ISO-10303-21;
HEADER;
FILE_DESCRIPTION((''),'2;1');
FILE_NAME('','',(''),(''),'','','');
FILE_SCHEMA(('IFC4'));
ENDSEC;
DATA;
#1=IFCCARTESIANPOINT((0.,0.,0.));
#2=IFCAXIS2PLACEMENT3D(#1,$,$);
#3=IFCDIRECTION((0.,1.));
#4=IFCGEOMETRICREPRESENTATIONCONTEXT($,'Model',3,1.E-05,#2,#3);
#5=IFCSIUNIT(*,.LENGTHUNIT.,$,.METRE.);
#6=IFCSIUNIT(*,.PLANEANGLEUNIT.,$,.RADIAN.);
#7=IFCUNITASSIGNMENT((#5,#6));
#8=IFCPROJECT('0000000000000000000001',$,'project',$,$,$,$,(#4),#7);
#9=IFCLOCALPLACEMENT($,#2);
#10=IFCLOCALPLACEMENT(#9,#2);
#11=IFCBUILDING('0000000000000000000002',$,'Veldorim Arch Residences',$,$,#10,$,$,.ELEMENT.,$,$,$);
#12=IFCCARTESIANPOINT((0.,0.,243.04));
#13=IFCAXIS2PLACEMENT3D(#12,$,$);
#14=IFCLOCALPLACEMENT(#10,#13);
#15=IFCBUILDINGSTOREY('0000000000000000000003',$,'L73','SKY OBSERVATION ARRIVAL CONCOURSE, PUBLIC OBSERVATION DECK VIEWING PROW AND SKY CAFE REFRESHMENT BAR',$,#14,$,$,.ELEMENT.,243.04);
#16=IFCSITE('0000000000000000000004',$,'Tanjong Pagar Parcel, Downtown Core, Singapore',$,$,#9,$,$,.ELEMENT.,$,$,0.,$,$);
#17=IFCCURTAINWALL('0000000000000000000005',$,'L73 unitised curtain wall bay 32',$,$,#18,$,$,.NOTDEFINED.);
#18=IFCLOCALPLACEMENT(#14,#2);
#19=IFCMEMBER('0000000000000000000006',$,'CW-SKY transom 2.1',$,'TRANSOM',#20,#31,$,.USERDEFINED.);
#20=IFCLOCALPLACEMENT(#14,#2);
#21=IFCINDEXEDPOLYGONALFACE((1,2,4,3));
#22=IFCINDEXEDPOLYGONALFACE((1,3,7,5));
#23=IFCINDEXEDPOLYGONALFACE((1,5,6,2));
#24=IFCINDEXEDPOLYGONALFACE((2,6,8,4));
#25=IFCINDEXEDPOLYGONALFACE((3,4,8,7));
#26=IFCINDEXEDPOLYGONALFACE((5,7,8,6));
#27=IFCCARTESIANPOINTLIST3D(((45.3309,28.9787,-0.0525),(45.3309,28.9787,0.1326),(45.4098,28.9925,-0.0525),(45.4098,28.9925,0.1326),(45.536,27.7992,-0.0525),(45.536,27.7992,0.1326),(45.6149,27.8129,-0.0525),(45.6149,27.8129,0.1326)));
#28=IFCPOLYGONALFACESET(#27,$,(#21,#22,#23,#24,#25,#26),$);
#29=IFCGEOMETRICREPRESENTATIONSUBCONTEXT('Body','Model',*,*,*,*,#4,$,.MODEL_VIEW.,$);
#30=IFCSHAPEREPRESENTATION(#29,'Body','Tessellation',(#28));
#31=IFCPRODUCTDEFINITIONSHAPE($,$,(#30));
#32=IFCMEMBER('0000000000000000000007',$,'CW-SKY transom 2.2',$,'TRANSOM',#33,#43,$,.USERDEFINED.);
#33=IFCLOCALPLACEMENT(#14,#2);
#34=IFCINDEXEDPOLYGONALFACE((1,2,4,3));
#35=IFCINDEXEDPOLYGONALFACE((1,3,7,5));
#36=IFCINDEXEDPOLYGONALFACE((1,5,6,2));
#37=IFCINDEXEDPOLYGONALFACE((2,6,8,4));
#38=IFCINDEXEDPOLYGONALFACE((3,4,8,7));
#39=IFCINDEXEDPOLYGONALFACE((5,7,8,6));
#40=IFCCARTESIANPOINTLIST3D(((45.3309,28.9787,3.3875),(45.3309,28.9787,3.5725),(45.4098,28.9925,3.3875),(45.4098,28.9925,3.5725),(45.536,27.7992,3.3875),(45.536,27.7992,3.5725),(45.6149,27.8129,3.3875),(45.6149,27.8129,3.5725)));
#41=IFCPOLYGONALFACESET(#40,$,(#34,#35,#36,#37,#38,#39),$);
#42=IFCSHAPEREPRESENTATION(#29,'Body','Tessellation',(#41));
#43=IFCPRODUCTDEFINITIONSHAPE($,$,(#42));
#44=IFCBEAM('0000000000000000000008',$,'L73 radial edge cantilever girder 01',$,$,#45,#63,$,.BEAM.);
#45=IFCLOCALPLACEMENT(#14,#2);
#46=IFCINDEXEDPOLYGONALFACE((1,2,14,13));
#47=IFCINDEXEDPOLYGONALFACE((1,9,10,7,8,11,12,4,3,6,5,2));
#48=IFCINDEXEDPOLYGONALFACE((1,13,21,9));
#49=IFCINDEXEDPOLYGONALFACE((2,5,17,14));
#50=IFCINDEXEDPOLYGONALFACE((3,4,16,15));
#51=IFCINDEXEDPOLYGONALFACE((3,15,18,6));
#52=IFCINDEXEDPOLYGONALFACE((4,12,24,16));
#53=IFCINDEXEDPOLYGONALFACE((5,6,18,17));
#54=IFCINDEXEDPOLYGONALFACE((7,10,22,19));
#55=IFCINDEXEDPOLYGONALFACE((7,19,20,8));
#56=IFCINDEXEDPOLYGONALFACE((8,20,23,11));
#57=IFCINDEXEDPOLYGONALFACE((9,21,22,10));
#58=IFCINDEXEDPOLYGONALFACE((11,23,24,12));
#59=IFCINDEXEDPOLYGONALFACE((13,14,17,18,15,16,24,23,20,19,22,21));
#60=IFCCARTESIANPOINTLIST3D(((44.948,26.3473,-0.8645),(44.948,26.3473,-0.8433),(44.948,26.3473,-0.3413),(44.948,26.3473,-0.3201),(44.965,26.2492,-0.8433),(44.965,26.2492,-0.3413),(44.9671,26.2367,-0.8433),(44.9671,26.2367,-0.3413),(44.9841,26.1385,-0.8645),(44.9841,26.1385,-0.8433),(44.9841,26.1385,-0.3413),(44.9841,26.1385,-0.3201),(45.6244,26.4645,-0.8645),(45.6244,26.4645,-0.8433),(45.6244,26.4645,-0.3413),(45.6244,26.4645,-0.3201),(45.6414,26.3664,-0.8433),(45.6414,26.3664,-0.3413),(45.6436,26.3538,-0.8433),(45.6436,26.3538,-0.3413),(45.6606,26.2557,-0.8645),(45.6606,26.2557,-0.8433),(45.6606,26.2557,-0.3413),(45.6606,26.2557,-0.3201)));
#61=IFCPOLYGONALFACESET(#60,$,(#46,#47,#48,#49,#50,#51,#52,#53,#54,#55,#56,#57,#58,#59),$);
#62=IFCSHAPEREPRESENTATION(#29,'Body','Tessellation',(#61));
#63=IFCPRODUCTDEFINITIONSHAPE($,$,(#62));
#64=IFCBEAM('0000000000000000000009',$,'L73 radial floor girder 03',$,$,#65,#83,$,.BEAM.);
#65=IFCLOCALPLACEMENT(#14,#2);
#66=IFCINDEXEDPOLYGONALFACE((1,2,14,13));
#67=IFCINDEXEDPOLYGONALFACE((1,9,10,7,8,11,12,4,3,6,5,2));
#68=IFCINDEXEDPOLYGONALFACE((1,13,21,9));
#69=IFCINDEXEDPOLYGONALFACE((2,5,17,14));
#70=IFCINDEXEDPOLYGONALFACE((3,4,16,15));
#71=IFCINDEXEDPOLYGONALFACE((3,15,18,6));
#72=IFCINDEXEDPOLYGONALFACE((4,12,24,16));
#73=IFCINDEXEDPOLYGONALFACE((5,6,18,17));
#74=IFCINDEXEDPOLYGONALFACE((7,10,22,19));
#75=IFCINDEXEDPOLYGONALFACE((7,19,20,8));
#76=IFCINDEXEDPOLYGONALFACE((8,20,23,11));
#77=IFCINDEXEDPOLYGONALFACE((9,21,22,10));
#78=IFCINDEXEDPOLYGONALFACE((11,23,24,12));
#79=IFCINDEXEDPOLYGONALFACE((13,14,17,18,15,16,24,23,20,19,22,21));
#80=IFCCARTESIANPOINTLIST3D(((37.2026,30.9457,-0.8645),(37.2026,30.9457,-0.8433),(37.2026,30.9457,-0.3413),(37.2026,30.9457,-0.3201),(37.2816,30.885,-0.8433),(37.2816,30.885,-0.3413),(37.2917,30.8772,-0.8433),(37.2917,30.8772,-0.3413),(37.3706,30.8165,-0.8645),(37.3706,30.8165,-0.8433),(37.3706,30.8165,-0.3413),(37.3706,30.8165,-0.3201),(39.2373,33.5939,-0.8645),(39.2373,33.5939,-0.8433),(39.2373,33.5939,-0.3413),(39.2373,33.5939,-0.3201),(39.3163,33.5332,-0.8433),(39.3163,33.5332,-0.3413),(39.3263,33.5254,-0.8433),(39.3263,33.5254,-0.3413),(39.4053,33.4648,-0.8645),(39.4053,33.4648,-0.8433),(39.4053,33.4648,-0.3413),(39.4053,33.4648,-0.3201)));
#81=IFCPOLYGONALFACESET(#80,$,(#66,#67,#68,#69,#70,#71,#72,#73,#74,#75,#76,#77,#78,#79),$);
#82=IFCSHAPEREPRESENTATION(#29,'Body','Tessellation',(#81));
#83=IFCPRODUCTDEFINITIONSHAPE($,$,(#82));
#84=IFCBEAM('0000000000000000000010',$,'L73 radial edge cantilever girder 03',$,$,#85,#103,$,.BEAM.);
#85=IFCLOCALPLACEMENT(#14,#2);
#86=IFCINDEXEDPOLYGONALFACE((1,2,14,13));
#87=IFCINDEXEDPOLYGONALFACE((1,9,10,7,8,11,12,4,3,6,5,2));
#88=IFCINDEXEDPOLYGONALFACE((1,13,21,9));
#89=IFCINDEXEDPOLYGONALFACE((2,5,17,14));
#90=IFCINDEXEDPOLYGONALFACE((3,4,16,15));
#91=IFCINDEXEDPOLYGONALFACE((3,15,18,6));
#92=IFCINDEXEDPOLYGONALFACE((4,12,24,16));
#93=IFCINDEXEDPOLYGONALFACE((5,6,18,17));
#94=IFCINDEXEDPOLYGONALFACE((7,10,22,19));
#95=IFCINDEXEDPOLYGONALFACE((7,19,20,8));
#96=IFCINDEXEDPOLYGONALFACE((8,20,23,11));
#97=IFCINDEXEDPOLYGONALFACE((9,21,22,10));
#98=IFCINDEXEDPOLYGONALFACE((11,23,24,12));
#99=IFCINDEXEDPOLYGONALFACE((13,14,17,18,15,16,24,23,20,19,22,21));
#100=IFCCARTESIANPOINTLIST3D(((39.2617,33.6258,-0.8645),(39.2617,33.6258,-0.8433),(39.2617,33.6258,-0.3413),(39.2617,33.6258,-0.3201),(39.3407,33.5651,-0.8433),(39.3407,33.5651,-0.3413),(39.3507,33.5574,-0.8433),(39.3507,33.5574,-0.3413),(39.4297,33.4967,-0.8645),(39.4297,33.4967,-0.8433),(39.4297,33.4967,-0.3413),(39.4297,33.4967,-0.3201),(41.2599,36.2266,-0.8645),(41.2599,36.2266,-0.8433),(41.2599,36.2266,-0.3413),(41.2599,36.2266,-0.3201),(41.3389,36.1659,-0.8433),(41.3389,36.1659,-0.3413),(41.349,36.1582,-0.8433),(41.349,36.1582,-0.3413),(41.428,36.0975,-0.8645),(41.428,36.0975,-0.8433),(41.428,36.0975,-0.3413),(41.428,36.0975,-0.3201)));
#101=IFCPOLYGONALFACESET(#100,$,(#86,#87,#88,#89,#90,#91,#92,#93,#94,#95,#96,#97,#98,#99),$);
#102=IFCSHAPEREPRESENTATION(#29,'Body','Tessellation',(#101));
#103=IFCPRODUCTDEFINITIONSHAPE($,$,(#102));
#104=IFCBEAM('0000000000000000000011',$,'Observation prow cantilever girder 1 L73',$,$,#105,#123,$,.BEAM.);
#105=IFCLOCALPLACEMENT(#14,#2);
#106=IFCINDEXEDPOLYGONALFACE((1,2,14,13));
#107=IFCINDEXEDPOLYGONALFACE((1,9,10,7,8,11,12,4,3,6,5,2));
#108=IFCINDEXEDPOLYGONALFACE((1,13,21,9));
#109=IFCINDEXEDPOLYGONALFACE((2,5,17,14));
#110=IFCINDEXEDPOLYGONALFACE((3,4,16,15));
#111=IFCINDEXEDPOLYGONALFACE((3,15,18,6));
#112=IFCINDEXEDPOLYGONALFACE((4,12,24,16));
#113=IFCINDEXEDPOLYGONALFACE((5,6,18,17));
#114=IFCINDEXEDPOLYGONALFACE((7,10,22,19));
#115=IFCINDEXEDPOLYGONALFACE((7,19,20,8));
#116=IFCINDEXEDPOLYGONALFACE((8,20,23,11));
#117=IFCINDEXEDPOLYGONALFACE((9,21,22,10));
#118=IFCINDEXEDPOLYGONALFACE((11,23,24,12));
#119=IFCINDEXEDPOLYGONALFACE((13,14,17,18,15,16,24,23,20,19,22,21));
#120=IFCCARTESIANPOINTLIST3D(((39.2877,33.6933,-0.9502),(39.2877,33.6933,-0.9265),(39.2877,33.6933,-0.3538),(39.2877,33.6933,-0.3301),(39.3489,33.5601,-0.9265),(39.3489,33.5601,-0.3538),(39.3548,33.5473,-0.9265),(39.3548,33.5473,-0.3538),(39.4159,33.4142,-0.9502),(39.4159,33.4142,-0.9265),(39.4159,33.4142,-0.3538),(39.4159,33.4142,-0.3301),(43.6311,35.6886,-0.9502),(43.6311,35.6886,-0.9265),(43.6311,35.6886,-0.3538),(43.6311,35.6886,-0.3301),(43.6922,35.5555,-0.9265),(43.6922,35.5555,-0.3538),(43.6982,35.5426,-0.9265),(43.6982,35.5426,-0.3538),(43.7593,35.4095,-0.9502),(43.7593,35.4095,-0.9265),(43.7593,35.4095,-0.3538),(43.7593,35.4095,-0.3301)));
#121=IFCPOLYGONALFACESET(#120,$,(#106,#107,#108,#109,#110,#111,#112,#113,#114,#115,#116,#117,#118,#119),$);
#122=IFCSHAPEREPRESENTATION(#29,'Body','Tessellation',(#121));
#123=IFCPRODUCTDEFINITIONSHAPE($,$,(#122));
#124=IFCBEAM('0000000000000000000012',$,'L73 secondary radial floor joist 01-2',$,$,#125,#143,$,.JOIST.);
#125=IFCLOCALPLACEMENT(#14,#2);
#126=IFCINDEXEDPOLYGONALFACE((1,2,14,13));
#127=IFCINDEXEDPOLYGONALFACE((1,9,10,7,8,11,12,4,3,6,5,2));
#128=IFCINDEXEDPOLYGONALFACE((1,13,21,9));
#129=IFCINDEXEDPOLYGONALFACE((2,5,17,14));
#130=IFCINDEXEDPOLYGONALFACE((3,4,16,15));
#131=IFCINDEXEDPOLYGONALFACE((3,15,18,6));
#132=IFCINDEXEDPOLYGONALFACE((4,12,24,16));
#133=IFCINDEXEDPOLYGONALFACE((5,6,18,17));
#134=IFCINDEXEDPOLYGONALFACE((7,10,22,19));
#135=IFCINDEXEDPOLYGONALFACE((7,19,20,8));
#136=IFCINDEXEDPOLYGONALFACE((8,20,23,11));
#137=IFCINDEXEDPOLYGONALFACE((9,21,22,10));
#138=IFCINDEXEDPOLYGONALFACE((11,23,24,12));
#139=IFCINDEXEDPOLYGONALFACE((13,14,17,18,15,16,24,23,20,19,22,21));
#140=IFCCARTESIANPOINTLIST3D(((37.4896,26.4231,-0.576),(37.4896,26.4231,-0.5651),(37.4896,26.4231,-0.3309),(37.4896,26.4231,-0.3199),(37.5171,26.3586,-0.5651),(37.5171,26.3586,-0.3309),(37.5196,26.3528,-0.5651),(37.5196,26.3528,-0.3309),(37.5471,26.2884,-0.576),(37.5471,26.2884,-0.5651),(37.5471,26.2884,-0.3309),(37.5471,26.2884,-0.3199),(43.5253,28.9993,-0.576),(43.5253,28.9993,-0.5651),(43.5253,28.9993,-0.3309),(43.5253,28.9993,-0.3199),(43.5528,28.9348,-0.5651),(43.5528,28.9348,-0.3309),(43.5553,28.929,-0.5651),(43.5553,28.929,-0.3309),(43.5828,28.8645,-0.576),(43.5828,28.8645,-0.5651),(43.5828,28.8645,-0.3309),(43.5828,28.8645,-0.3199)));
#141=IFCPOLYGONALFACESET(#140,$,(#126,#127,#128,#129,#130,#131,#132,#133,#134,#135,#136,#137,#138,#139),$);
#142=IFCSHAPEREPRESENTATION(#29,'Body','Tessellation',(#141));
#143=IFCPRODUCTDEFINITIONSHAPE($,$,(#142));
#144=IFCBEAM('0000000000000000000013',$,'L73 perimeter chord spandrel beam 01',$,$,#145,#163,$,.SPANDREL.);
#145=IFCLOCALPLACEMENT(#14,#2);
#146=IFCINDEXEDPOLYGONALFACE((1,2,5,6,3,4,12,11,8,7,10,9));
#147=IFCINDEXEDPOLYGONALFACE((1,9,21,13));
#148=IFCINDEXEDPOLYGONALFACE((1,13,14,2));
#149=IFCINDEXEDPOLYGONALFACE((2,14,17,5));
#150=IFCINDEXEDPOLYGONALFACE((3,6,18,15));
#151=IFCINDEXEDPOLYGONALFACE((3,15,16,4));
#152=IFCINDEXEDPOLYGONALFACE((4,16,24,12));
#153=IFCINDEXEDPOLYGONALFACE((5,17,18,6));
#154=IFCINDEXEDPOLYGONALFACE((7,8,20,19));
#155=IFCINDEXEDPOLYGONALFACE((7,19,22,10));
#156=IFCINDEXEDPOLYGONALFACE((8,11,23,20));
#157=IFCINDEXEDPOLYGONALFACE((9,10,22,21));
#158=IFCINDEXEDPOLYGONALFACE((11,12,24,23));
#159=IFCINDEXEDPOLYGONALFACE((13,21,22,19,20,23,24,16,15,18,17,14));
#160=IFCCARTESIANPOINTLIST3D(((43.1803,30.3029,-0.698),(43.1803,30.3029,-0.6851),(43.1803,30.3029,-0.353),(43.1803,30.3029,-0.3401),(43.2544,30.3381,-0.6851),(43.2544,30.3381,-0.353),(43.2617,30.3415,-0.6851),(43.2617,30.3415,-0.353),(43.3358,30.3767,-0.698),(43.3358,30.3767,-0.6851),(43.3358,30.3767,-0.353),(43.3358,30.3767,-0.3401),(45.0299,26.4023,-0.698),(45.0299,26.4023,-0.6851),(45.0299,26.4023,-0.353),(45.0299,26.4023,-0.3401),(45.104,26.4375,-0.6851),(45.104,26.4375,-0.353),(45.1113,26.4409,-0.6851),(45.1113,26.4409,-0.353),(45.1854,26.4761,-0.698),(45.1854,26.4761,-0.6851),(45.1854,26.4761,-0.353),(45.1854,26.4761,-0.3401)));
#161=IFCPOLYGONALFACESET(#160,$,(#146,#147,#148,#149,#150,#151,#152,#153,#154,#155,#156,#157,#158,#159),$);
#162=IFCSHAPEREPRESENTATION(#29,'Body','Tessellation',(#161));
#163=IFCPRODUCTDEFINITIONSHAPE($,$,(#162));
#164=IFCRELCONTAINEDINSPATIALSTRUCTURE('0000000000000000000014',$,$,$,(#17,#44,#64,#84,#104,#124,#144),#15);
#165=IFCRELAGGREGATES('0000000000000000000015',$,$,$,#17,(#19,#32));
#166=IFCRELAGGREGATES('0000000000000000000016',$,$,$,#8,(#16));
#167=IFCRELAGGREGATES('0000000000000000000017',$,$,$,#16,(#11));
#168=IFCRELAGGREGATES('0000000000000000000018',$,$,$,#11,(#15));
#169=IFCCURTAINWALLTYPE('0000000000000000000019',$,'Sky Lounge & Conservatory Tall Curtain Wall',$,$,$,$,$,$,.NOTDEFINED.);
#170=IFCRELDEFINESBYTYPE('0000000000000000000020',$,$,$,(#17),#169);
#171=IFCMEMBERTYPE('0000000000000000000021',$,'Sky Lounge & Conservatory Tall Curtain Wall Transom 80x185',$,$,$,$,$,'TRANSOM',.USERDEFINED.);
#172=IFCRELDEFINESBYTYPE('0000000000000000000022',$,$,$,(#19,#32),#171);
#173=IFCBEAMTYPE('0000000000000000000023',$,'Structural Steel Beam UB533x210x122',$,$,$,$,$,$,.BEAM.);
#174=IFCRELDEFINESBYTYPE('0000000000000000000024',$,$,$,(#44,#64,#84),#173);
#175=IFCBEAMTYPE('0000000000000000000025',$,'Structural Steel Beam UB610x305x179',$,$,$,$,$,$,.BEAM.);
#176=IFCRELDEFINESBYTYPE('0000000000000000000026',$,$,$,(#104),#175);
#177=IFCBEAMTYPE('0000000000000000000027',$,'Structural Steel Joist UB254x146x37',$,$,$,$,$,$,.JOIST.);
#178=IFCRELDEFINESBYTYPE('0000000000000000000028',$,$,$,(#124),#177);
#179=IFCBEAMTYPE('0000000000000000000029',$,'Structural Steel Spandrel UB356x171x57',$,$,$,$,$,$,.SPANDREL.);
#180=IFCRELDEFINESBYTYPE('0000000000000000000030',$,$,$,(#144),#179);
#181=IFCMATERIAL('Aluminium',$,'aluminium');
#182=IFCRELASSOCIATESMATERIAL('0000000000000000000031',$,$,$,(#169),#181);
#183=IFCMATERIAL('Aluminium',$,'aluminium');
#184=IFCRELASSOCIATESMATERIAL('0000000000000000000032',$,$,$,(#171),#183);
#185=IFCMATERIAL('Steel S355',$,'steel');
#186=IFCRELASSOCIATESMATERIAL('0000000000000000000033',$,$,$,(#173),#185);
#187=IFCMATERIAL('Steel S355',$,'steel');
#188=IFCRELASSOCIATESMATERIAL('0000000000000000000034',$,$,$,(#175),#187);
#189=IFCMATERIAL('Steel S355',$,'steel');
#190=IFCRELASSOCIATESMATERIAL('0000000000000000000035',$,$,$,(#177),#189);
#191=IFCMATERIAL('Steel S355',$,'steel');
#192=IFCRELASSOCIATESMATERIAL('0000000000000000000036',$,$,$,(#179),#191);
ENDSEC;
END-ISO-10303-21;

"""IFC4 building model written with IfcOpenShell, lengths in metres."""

from ifc_helpers import new_model, si_unit, direction, frame, origin, origin_2d, place, context, subcontext, project, spatial, rectangle, i_section, extrude, material, material_profile, profile_set, type_object, element, aggregate, save


model = new_model("IFC4")

# Units and contexts
model_context = context("Model", 3, precision=1e-05, world=origin(), true_north=direction((0.0, 1.0)))
body_context = subcontext(model_context, "Body", "Model", "MODEL_VIEW")
ifc_project = project(units=[si_unit("LENGTHUNIT", "METRE"), si_unit("PLANEANGLEUNIT", "RADIAN")], contexts=[model_context])

# Site, building, storey
site_placement = place(None, origin())
site = spatial("IfcSite", under=ifc_project, at=site_placement, Name="Tanjong Pagar Parcel, Downtown Core, Singapore", CompositionType="ELEMENT", RefElevation=0.0)
building_placement = place(site_placement, origin())
building = spatial("IfcBuilding", under=site, at=building_placement, Name="Veldorim Arch Residences", CompositionType="ELEMENT")
storey_placement = place(building_placement, frame((0.0, 0.0, 243.04)))
storey = spatial("IfcBuildingStorey", under=building, at=storey_placement, Name="L73", Description="SKY OBSERVATION ARRIVAL CONCOURSE, PUBLIC OBSERVATION DECK VIEWING PROW AND SKY CAFE REFRESHMENT BAR", CompositionType="ELEMENT", Elevation=243.04)

# Curtain wall, members
ifc_material_1 = material(Name="Aluminium", Category="aluminium")
curtain_wall_type = type_object("IfcCurtainWallType", Name="Sky Lounge & Conservatory Tall Curtain Wall", PredefinedType="NOTDEFINED", material=ifc_material_1)
curtain_wall_placement = place(storey_placement, origin())
curtain_wall = element("IfcCurtainWall", 1, at=curtain_wall_placement, inside=storey, type_object=curtain_wall_type, Name="L73 unitised curtain wall bay 32", PredefinedType="NOTDEFINED")
ifc_material_2 = material(Name="Aluminium", Category="aluminium")
ifc_material_profile_1 = material_profile(ifc_material_2, rectangle(XDim=0.0801, YDim=0.1851, at=origin_2d()), Name="ALU_TRN_80x185")
ifc_profile_set_1 = profile_set([ifc_material_profile_1], Name="Aluminium")
member_type_1 = type_object("IfcMemberType", Name="Sky Lounge & Conservatory Tall Curtain Wall Transom 80x185", ElementType="TRANSOM", PredefinedType="USERDEFINED", material=ifc_profile_set_1)
member_1_placement = place(storey_placement, frame((45.3704, 28.9856, 0.04), z_axis=(0.171272, -0.985224, 0.0), x_axis=(0.985224, 0.171272, 0.0)))
member_1 = element("IfcMember", 2, at=member_1_placement, type_object=member_type_1, Name="CW-SKY transom 2.1", ObjectType="TRANSOM", PredefinedType="USERDEFINED", context=body_context, shape_type="SweptSolid", body=[
    extrude(rectangle(XDim=0.0801, YDim=0.1851, at=origin_2d()), origin(), (0.0, 0.0, 1.0), 1.1973),
])
member_2_placement = place(storey_placement, frame((45.3704, 28.9856, 3.48), z_axis=(0.171272, -0.985224, 0.0), x_axis=(0.985224, 0.171272, 0.0)))
member_2 = element("IfcMember", 3, at=member_2_placement, type_object=member_type_1, Name="CW-SKY transom 2.2", ObjectType="TRANSOM", PredefinedType="USERDEFINED", context=body_context, shape_type="SweptSolid", body=[
    extrude(rectangle(XDim=0.0801, YDim=0.1851, at=origin_2d()), origin(), (0.0, 0.0, 1.0), 1.1973),
])

# Beams
ifc_material_3 = material(Name="Steel S355", Category="steel")
ifc_material_profile_2 = material_profile(ifc_material_3, i_section(OverallWidth=0.2119, OverallDepth=0.5444, WebThickness=0.0127, FlangeThickness=0.0212, at=origin_2d()), Name="UB533x210x122")
ifc_profile_set_2 = profile_set([ifc_material_profile_2], Name="Steel S355")
beam_type_1 = type_object("IfcBeamType", Name="Structural Steel Beam UB533x210x122", PredefinedType="BEAM", material=ifc_profile_set_2)
beam_1_placement = place(storey_placement, frame((44.9661, 26.2429, -0.5923), z_axis=(0.985326, 0.170681, 0.0), x_axis=(-0.170681, 0.985326, 0.0)))
element("IfcBeam", 4, at=beam_1_placement, inside=storey, type_object=beam_type_1, Name="L73 radial edge cantilever girder 01", PredefinedType="BEAM", context=body_context, shape_type="SweptSolid", body=[
    extrude(i_section(OverallWidth=0.2119, OverallDepth=0.5444, WebThickness=0.0127, FlangeThickness=0.0212, at=origin_2d()), origin(), (0.0, 0.0, 1.0), 0.6865),
])
beam_2_placement = place(storey_placement, frame((37.2866, 30.8811, -0.5923), z_axis=(0.609258, 0.792972, 0.0), x_axis=(-0.792972, 0.609258, 0.0)))
element("IfcBeam", 5, at=beam_2_placement, inside=storey, type_object=beam_type_1, Name="L73 radial floor girder 03", PredefinedType="BEAM", context=body_context, shape_type="SweptSolid", body=[
    extrude(i_section(OverallWidth=0.2119, OverallDepth=0.5444, WebThickness=0.0127, FlangeThickness=0.0212, at=origin_2d()), origin(), (0.0, 0.0, 1.0), 3.3396),
])
beam_3_placement = place(storey_placement, frame((39.3457, 33.5613, -0.5923), z_axis=(0.609261, 0.79297, 0.0), x_axis=(-0.79297, 0.609261, 0.0)))
element("IfcBeam", 6, at=beam_3_placement, inside=storey, type_object=beam_type_1, Name="L73 radial edge cantilever girder 03", PredefinedType="BEAM", context=body_context, shape_type="SweptSolid", body=[
    extrude(i_section(OverallWidth=0.2119, OverallDepth=0.5444, WebThickness=0.0127, FlangeThickness=0.0212, at=origin_2d()), origin(), (0.0, 0.0, 1.0), 3.2798),
])
ifc_material_4 = material(Name="Steel S355", Category="steel")
ifc_material_profile_3 = material_profile(ifc_material_4, i_section(OverallWidth=0.3071, OverallDepth=0.6201, WebThickness=0.0142, FlangeThickness=0.0237, at=origin_2d()), Name="UB610x305x179")
ifc_profile_set_3 = profile_set([ifc_material_profile_3], Name="Steel S355")
beam_type_2 = type_object("IfcBeamType", Name="Structural Steel Beam UB610x305x179", PredefinedType="BEAM", material=ifc_profile_set_3)
beam_4_placement = place(storey_placement, frame((39.3518, 33.5537, -0.6401), z_axis=(0.908701, 0.417448, 0.0), x_axis=(-0.417448, 0.908701, 0.0)))
element("IfcBeam", 7, at=beam_4_placement, inside=storey, type_object=beam_type_2, Name="Observation prow cantilever girder 1 L73", PredefinedType="BEAM", context=body_context, shape_type="SweptSolid", body=[
    extrude(i_section(OverallWidth=0.3071, OverallDepth=0.6201, WebThickness=0.0142, FlangeThickness=0.0237, at=origin_2d()), origin(), (0.0, 0.0, 1.0), 4.7798),
])
ifc_material_5 = material(Name="Steel S355", Category="steel")
ifc_material_profile_4 = material_profile(ifc_material_5, i_section(OverallWidth=0.1465, OverallDepth=0.2561, WebThickness=0.0063, FlangeThickness=0.011, at=origin_2d()), Name="UB254x146x37")
ifc_profile_set_4 = profile_set([ifc_material_profile_4], Name="Steel S355")
beam_type_3 = type_object("IfcBeamType", Name="Structural Steel Joist UB254x146x37", PredefinedType="JOIST", material=ifc_profile_set_4)
beam_5_placement = place(storey_placement, frame((37.5183, 26.3557, -0.448), z_axis=(0.919725, 0.392563, 0.0), x_axis=(-0.392563, 0.919725, 0.0)))
element("IfcBeam", 8, at=beam_5_placement, inside=storey, type_object=beam_type_3, Name="L73 secondary radial floor joist 01-2", PredefinedType="JOIST", context=body_context, shape_type="SweptSolid", body=[
    extrude(i_section(OverallWidth=0.1465, OverallDepth=0.2561, WebThickness=0.0063, FlangeThickness=0.011, at=origin_2d()), origin(), (0.0, 0.0, 1.0), 6.5625),
])
ifc_material_6 = material(Name="Steel S355", Category="steel")
ifc_material_profile_5 = material_profile(ifc_material_6, i_section(OverallWidth=0.1721, OverallDepth=0.3579, WebThickness=0.0081, FlangeThickness=0.0129, at=origin_2d()), Name="UB356x171x57")
ifc_profile_set_5 = profile_set([ifc_material_profile_5], Name="Steel S355")
beam_type_4 = type_object("IfcBeamType", Name="Structural Steel Spandrel UB356x171x57", PredefinedType="SPANDREL", material=ifc_profile_set_5)
beam_6_placement = place(storey_placement, frame((45.1077, 26.4392, -0.519), z_axis=(-0.428453, 0.903564, 0.0), x_axis=(-0.903564, -0.428453, 0.0)))
element("IfcBeam", 9, at=beam_6_placement, inside=storey, type_object=beam_type_4, Name="L73 perimeter chord spandrel beam 01", PredefinedType="SPANDREL", context=body_context, shape_type="SweptSolid", body=[
    extrude(i_section(OverallWidth=0.1721, OverallDepth=0.3579, WebThickness=0.0081, FlangeThickness=0.0129, at=origin_2d()), origin(), (0.0, 0.0, 1.0), 4.3169),
])

aggregate(curtain_wall, [member_1, member_2])

save(model, "model.ifc")
